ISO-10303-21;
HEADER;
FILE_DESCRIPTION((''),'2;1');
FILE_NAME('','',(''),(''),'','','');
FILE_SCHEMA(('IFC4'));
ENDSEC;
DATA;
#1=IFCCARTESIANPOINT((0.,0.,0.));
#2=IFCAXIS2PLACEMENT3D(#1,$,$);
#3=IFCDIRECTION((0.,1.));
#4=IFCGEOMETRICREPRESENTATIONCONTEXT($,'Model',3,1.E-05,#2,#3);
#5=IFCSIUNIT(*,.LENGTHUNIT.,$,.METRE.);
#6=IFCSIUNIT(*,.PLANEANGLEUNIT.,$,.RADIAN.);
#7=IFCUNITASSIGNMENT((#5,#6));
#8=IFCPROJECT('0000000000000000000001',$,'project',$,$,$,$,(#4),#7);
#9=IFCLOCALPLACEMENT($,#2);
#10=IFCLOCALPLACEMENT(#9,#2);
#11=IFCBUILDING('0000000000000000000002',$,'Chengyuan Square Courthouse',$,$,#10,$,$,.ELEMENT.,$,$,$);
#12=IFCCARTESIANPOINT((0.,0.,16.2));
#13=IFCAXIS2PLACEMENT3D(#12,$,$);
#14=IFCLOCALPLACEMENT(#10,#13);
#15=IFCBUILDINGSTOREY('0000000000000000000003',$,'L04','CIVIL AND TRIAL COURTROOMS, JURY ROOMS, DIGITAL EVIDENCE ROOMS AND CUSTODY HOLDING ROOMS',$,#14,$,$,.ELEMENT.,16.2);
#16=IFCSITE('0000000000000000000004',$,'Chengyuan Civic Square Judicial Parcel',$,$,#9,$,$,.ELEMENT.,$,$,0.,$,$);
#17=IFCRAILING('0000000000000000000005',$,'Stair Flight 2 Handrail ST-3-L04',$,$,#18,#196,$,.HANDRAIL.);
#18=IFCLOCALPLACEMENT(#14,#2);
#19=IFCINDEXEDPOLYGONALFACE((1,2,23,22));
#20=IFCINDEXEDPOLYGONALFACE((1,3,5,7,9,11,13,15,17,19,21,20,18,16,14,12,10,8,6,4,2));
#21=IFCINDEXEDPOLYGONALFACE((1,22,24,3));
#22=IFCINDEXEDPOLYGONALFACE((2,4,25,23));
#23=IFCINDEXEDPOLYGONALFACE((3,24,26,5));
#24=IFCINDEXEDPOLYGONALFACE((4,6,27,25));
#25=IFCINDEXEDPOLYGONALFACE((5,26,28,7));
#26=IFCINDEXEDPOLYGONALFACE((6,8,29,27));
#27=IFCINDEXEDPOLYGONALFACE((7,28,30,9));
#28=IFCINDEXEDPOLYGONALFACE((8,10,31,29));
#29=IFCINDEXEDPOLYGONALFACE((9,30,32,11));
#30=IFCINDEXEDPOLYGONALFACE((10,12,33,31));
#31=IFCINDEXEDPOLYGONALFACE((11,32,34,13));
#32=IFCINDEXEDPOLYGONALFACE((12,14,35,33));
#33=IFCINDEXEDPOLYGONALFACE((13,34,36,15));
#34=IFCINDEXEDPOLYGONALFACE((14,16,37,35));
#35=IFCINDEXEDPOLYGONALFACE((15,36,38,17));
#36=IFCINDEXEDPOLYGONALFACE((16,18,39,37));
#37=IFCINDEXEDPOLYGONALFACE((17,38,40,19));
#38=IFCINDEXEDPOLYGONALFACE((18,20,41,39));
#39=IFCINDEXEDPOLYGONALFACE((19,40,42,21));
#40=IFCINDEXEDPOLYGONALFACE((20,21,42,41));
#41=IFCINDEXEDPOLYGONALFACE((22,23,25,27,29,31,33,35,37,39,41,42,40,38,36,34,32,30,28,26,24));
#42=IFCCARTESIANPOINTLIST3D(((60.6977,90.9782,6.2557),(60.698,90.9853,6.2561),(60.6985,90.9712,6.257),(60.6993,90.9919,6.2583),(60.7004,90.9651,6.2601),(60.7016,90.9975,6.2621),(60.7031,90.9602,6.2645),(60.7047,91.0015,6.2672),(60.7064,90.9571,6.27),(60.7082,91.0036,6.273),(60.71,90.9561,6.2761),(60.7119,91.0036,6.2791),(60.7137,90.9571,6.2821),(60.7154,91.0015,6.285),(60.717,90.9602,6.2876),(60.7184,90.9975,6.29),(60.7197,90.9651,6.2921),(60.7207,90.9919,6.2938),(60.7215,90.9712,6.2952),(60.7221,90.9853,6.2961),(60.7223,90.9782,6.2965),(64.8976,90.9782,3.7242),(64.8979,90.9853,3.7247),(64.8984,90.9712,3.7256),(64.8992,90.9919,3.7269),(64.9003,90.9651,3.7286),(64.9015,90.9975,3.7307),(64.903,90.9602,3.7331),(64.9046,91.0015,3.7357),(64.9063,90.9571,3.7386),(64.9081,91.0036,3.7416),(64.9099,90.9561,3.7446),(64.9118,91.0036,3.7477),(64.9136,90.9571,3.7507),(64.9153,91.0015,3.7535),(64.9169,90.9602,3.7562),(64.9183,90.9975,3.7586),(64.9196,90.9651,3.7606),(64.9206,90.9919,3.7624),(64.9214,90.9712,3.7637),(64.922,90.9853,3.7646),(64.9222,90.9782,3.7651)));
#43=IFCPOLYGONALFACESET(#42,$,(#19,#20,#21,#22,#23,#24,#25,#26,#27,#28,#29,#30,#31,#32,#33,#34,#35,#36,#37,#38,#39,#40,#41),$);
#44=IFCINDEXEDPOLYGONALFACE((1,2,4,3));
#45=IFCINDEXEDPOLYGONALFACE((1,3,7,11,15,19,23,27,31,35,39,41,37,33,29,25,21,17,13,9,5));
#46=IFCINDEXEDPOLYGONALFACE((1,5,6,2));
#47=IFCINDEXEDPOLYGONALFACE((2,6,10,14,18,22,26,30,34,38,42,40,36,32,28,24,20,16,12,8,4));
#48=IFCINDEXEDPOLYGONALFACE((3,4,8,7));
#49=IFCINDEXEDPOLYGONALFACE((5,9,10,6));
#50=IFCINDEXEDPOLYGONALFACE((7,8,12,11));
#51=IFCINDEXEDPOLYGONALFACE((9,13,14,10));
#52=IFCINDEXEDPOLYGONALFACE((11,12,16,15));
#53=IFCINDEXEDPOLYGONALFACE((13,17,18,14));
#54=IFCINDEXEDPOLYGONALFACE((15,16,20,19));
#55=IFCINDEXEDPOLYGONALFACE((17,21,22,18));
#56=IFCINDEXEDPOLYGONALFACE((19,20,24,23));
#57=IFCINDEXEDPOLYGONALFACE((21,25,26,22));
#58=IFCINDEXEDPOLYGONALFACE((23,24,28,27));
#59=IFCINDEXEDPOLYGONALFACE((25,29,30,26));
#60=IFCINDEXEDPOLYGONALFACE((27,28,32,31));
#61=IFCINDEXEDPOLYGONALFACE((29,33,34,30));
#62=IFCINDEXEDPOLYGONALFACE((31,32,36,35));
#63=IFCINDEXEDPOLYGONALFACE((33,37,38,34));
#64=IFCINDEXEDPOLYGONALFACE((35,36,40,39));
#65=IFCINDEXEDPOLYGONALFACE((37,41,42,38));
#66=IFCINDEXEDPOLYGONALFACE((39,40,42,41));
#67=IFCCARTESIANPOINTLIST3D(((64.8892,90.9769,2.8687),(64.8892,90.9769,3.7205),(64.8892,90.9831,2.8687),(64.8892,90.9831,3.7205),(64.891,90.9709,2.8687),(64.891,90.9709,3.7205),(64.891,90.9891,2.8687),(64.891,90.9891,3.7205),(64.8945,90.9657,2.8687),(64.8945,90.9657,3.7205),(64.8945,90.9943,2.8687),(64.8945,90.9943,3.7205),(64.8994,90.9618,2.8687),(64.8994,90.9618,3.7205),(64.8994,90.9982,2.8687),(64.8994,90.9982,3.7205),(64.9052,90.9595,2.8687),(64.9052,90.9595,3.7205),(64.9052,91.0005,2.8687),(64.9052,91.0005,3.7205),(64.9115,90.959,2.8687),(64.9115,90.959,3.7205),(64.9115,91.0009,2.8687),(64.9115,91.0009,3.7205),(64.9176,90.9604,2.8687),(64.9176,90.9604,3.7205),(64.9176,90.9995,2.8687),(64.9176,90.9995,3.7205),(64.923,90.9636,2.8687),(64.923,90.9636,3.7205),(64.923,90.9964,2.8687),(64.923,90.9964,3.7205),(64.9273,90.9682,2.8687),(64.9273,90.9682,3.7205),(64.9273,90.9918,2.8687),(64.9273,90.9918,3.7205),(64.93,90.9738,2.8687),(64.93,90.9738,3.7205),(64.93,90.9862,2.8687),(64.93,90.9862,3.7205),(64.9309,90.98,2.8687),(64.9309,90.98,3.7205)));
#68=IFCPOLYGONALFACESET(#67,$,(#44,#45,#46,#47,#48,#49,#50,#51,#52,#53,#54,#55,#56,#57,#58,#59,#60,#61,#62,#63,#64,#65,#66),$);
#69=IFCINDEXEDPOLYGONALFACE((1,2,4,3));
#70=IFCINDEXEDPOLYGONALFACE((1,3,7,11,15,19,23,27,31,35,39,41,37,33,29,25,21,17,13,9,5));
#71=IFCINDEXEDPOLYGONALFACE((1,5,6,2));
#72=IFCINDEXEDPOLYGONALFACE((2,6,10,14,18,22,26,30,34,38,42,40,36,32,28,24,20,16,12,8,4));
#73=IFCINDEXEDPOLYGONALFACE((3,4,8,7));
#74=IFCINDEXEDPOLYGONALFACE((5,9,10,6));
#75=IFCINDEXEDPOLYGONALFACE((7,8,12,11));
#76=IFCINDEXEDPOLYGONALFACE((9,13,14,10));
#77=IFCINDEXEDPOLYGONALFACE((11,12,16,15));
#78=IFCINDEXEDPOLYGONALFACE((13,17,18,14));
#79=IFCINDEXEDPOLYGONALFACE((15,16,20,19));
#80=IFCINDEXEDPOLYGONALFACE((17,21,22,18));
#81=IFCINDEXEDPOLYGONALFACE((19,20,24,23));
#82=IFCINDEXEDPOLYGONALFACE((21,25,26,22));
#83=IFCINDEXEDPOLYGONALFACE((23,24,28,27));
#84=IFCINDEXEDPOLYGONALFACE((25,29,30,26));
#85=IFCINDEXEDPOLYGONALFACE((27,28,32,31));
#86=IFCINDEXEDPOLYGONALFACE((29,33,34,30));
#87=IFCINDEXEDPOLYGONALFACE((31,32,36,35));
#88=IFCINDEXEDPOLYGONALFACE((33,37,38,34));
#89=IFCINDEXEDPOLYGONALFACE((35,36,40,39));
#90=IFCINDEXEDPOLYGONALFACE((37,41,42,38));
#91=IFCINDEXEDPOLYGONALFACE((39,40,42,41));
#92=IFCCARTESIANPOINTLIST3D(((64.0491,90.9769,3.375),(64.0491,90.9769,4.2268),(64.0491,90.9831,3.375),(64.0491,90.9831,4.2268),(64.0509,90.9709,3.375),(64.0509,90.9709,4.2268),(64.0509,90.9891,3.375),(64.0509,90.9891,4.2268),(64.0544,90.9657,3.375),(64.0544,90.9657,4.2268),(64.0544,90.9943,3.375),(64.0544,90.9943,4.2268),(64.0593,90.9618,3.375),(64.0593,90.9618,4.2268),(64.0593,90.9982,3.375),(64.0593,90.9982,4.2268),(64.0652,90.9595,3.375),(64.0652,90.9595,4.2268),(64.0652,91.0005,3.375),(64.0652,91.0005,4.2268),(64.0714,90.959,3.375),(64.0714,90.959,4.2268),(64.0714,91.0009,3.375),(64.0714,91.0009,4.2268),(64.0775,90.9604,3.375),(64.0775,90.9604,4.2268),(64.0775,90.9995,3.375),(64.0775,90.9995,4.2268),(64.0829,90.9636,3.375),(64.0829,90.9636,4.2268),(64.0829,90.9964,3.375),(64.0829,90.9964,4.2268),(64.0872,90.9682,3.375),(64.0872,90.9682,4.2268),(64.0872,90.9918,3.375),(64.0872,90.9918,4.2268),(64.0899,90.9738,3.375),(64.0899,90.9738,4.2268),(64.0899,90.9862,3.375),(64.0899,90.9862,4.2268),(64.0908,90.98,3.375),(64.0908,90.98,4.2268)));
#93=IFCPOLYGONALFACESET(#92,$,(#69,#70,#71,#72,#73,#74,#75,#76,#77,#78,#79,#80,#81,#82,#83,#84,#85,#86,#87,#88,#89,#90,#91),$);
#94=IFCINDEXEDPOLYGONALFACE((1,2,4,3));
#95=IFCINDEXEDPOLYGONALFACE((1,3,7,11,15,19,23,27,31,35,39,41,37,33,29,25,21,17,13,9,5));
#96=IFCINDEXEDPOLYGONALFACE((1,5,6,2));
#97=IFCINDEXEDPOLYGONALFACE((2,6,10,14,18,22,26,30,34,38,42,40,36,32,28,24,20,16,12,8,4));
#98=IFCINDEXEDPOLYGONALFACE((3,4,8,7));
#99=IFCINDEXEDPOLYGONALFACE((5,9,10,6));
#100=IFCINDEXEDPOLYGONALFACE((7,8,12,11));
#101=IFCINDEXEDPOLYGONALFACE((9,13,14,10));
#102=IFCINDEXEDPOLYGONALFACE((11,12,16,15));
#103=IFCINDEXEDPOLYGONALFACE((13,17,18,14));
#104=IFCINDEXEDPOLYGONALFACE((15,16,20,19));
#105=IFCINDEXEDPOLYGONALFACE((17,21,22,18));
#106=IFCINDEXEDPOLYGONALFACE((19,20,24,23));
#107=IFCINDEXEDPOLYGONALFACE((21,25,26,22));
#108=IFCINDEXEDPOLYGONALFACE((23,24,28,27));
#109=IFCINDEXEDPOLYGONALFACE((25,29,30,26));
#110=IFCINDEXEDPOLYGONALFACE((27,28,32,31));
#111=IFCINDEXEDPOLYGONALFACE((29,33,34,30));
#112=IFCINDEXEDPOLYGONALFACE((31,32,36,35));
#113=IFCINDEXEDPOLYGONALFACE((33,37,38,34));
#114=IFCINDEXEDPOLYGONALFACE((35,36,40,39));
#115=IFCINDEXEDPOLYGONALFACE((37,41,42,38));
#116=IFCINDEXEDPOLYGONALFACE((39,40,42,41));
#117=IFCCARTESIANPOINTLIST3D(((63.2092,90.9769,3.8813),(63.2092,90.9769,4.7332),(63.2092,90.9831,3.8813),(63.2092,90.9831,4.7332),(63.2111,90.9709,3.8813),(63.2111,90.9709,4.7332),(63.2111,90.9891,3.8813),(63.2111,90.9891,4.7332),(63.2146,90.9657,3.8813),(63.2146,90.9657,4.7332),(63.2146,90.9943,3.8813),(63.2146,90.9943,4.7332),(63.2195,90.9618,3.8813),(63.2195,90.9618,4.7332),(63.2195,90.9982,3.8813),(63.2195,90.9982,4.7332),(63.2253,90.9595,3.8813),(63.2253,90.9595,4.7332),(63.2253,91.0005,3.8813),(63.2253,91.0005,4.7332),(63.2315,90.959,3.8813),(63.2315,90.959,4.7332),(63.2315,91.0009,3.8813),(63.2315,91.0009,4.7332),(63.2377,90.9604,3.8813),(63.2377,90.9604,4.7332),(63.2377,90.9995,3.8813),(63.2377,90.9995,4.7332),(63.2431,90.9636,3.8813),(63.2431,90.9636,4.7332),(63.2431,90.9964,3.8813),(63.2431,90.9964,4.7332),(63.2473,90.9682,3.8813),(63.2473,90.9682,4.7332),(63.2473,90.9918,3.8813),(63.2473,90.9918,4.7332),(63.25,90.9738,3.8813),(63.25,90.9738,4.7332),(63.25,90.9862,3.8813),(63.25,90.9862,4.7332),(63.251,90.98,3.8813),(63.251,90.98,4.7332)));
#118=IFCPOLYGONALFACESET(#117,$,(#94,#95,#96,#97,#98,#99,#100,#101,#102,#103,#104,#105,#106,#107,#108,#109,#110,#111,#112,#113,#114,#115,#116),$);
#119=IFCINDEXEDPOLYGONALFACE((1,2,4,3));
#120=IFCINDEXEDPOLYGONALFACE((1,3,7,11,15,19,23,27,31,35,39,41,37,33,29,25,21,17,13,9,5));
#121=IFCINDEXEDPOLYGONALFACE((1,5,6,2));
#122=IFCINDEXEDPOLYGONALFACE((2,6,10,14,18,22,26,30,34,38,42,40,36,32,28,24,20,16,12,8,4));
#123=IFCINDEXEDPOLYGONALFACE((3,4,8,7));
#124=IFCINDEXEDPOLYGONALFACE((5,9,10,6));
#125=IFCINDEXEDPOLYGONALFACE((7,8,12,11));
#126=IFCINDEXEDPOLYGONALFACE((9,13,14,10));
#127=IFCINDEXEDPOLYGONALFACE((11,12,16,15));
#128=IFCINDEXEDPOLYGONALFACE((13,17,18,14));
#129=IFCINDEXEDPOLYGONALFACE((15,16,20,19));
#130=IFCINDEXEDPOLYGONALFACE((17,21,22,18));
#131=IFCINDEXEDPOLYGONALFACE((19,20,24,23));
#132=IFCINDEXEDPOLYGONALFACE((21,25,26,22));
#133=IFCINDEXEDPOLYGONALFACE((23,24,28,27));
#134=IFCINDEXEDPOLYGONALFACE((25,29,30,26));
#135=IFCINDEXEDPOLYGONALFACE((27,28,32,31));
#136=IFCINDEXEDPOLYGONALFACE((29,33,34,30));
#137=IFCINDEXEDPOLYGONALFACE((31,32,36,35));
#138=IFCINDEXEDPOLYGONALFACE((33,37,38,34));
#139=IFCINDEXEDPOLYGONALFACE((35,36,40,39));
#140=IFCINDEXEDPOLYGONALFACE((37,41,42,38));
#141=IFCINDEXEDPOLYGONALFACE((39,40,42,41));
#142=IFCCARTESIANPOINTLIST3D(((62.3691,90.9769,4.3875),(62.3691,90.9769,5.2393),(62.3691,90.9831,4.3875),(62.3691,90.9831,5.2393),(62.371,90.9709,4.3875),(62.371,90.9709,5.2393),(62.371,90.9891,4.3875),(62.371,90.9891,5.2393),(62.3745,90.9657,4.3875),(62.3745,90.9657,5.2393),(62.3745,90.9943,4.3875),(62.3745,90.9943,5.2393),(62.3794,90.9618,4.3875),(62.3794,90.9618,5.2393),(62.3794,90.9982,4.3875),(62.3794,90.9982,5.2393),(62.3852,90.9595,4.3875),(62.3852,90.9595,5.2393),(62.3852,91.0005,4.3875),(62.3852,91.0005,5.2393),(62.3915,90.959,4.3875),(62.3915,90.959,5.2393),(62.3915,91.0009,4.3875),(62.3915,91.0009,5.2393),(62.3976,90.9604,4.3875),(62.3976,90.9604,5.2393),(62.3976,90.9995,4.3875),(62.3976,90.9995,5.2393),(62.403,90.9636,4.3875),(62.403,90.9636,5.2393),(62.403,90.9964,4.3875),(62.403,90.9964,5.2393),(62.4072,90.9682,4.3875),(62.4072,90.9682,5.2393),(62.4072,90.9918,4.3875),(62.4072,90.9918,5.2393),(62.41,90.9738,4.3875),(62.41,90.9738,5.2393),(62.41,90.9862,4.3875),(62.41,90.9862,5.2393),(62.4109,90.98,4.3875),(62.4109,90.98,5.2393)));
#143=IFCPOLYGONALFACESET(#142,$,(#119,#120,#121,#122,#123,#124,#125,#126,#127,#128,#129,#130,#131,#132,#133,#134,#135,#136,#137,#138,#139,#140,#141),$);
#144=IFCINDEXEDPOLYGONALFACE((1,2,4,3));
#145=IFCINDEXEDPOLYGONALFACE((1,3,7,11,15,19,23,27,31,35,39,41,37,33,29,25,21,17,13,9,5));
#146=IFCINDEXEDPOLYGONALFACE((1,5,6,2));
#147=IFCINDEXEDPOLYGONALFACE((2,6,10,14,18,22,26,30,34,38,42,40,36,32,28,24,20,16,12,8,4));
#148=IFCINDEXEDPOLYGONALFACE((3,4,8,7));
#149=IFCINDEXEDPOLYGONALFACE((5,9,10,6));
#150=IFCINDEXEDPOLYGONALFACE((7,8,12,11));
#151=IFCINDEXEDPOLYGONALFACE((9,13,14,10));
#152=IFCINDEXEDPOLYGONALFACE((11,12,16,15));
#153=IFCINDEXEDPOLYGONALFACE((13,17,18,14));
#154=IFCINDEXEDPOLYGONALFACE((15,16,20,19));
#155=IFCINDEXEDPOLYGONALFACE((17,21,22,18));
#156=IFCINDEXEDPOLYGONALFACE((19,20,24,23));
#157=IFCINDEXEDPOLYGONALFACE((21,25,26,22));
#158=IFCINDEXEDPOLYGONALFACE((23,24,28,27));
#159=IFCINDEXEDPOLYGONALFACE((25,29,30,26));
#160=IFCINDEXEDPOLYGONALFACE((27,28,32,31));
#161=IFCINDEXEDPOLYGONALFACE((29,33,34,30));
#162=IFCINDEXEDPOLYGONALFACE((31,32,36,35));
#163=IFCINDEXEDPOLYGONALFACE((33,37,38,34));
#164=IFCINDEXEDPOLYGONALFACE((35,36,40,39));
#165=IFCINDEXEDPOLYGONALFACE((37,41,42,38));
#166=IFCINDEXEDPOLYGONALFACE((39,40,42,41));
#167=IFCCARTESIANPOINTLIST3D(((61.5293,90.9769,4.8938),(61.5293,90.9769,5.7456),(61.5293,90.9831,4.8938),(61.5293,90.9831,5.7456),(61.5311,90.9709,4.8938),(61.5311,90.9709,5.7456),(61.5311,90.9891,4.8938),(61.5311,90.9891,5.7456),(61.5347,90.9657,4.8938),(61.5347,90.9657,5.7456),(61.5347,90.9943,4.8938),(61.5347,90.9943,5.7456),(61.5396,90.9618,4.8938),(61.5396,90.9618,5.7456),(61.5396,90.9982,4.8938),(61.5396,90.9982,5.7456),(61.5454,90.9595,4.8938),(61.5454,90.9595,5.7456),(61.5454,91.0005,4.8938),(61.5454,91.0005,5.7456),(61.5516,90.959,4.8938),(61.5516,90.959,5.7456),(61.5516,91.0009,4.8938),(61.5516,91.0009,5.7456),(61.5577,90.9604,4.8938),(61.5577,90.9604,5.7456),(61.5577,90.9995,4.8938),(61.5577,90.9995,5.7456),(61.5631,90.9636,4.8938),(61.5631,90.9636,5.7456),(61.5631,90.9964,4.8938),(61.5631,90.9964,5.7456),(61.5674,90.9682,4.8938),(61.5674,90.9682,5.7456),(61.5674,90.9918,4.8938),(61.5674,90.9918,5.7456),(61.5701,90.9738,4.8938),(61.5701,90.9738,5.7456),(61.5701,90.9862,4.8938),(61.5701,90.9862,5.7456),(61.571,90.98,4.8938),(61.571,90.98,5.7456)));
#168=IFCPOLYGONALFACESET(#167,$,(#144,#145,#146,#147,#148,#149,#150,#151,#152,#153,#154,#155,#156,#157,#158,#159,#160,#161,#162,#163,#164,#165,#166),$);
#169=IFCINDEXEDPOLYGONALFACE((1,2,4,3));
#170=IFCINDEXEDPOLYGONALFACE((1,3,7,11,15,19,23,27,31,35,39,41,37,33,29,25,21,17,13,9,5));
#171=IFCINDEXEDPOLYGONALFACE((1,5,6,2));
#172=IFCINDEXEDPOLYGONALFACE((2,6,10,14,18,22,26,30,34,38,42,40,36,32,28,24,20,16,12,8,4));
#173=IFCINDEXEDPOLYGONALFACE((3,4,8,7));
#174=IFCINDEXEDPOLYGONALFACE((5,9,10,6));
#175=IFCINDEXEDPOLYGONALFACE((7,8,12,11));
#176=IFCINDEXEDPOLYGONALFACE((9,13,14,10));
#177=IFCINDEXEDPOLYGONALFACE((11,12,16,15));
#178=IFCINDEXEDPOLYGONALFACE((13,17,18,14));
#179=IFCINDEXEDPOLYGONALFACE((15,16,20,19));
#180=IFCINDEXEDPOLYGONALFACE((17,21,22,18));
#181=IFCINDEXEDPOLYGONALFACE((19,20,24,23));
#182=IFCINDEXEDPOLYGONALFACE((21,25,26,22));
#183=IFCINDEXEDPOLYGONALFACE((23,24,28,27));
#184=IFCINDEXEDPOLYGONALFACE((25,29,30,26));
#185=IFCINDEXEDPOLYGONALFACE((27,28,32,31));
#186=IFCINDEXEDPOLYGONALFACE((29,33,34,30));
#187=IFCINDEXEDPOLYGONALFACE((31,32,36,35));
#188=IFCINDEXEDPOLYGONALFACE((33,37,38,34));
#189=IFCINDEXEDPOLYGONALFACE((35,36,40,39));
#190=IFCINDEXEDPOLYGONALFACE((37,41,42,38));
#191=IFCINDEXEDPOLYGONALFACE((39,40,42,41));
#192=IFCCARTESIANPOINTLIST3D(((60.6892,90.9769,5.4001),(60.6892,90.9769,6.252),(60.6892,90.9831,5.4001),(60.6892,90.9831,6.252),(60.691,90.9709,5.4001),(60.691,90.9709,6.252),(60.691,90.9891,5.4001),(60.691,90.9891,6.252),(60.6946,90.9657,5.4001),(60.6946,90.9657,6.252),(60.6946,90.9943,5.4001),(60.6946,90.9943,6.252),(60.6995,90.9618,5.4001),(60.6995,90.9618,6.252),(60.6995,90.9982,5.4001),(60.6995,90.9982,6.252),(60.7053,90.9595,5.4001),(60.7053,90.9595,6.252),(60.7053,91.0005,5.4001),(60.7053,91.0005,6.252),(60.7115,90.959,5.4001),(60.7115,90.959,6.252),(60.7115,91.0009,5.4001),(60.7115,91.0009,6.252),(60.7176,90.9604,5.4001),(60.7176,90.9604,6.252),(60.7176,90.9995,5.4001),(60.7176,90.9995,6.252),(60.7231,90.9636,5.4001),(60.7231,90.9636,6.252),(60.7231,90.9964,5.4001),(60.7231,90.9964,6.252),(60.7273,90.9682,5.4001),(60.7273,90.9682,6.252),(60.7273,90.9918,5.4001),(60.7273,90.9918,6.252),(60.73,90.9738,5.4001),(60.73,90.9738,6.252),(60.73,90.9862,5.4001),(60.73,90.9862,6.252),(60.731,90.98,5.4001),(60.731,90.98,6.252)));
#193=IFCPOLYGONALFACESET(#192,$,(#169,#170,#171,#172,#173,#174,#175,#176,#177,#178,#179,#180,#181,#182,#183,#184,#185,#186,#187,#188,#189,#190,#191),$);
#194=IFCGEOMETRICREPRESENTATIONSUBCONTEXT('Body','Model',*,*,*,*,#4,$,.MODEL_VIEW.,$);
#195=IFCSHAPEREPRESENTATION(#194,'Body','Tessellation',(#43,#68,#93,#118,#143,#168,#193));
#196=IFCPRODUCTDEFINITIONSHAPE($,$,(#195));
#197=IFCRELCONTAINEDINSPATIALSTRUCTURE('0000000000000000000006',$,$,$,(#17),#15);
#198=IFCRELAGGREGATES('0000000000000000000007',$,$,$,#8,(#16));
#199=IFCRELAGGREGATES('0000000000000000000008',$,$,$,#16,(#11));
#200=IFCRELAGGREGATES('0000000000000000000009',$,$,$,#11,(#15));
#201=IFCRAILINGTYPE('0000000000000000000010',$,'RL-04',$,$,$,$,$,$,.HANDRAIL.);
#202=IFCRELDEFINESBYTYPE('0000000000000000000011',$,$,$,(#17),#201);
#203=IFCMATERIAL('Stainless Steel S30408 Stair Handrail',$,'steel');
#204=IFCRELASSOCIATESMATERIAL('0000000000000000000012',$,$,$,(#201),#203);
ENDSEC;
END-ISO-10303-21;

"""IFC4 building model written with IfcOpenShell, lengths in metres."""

from ifc_helpers import new_model, si_unit, direction, frame, origin, origin_2d, place, context, subcontext, project, spatial, circle, extrude, material, type_object, element, save


model = new_model("IFC4")

# Units and contexts
model_context = context("Model", 3, precision=1e-05, world=origin(), true_north=direction((0.0, 1.0)))
body_context = subcontext(model_context, "Body", "Model", "MODEL_VIEW")
ifc_project = project(units=[si_unit("LENGTHUNIT", "METRE"), si_unit("PLANEANGLEUNIT", "RADIAN")], contexts=[model_context])

# Site, building, storey
site_placement = place(None, origin())
site = spatial("IfcSite", under=ifc_project, at=site_placement, Name="Chengyuan Civic Square Judicial Parcel", CompositionType="ELEMENT", RefElevation=0.0)
building_placement = place(site_placement, origin())
building = spatial("IfcBuilding", under=site, at=building_placement, Name="Chengyuan Square Courthouse", CompositionType="ELEMENT")
storey_placement = place(building_placement, frame((0.0, 0.0, 16.2)))
storey = spatial("IfcBuildingStorey", under=building, at=storey_placement, Name="L04", Description="CIVIL AND TRIAL COURTROOMS, JURY ROOMS, DIGITAL EVIDENCE ROOMS AND CUSTODY HOLDING ROOMS", CompositionType="ELEMENT", Elevation=16.2)

# Railing
ifc_material_1 = material(Name="Stainless Steel S30408 Stair Handrail", Category="steel")
railing_type_1 = type_object("IfcRailingType", Name="RL-04", PredefinedType="HANDRAIL", material=ifc_material_1)
railing_1_placement = place(storey_placement, frame((64.9099, 90.98, 2.8687)))
element("IfcRailing", 1, at=railing_1_placement, inside=storey, type_object=railing_type_1, Name="Stair Flight 2 Handrail ST-3-L04", PredefinedType="HANDRAIL", context=body_context, shape_type="SweptSolid", body=[
    extrude(circle(Radius=0.0239, at=origin_2d()), frame((0.0, 0.0, 0.876), z_axis=(-0.856454, 0.0, 0.516223), x_axis=(0.0, -1.0, 0.0)), (0.0, 0.0, 1.0), 4.9038),
    extrude(circle(Radius=0.021, at=origin_2d()), origin(), (0.0, 0.0, 1.0), 0.8518),
    extrude(circle(Radius=0.021, at=origin_2d()), frame((-0.8401, 0.0, 0.5063)), (0.0, 0.0, 1.0), 0.8518),
    extrude(circle(Radius=0.021, at=origin_2d()), frame((-1.6799, 0.0, 1.0127)), (0.0, 0.0, 1.0), 0.8518),
    extrude(circle(Radius=0.021, at=origin_2d()), frame((-2.52, 0.0, 1.5188)), (0.0, 0.0, 1.0), 0.8518),
    extrude(circle(Radius=0.021, at=origin_2d()), frame((-3.3599, 0.0, 2.0251)), (0.0, 0.0, 1.0), 0.8518),
    extrude(circle(Radius=0.021, at=origin_2d()), frame((-4.2, 0.0, 2.5315)), (0.0, 0.0, 1.0), 0.8518),
])

save(model, "model.ifc")
